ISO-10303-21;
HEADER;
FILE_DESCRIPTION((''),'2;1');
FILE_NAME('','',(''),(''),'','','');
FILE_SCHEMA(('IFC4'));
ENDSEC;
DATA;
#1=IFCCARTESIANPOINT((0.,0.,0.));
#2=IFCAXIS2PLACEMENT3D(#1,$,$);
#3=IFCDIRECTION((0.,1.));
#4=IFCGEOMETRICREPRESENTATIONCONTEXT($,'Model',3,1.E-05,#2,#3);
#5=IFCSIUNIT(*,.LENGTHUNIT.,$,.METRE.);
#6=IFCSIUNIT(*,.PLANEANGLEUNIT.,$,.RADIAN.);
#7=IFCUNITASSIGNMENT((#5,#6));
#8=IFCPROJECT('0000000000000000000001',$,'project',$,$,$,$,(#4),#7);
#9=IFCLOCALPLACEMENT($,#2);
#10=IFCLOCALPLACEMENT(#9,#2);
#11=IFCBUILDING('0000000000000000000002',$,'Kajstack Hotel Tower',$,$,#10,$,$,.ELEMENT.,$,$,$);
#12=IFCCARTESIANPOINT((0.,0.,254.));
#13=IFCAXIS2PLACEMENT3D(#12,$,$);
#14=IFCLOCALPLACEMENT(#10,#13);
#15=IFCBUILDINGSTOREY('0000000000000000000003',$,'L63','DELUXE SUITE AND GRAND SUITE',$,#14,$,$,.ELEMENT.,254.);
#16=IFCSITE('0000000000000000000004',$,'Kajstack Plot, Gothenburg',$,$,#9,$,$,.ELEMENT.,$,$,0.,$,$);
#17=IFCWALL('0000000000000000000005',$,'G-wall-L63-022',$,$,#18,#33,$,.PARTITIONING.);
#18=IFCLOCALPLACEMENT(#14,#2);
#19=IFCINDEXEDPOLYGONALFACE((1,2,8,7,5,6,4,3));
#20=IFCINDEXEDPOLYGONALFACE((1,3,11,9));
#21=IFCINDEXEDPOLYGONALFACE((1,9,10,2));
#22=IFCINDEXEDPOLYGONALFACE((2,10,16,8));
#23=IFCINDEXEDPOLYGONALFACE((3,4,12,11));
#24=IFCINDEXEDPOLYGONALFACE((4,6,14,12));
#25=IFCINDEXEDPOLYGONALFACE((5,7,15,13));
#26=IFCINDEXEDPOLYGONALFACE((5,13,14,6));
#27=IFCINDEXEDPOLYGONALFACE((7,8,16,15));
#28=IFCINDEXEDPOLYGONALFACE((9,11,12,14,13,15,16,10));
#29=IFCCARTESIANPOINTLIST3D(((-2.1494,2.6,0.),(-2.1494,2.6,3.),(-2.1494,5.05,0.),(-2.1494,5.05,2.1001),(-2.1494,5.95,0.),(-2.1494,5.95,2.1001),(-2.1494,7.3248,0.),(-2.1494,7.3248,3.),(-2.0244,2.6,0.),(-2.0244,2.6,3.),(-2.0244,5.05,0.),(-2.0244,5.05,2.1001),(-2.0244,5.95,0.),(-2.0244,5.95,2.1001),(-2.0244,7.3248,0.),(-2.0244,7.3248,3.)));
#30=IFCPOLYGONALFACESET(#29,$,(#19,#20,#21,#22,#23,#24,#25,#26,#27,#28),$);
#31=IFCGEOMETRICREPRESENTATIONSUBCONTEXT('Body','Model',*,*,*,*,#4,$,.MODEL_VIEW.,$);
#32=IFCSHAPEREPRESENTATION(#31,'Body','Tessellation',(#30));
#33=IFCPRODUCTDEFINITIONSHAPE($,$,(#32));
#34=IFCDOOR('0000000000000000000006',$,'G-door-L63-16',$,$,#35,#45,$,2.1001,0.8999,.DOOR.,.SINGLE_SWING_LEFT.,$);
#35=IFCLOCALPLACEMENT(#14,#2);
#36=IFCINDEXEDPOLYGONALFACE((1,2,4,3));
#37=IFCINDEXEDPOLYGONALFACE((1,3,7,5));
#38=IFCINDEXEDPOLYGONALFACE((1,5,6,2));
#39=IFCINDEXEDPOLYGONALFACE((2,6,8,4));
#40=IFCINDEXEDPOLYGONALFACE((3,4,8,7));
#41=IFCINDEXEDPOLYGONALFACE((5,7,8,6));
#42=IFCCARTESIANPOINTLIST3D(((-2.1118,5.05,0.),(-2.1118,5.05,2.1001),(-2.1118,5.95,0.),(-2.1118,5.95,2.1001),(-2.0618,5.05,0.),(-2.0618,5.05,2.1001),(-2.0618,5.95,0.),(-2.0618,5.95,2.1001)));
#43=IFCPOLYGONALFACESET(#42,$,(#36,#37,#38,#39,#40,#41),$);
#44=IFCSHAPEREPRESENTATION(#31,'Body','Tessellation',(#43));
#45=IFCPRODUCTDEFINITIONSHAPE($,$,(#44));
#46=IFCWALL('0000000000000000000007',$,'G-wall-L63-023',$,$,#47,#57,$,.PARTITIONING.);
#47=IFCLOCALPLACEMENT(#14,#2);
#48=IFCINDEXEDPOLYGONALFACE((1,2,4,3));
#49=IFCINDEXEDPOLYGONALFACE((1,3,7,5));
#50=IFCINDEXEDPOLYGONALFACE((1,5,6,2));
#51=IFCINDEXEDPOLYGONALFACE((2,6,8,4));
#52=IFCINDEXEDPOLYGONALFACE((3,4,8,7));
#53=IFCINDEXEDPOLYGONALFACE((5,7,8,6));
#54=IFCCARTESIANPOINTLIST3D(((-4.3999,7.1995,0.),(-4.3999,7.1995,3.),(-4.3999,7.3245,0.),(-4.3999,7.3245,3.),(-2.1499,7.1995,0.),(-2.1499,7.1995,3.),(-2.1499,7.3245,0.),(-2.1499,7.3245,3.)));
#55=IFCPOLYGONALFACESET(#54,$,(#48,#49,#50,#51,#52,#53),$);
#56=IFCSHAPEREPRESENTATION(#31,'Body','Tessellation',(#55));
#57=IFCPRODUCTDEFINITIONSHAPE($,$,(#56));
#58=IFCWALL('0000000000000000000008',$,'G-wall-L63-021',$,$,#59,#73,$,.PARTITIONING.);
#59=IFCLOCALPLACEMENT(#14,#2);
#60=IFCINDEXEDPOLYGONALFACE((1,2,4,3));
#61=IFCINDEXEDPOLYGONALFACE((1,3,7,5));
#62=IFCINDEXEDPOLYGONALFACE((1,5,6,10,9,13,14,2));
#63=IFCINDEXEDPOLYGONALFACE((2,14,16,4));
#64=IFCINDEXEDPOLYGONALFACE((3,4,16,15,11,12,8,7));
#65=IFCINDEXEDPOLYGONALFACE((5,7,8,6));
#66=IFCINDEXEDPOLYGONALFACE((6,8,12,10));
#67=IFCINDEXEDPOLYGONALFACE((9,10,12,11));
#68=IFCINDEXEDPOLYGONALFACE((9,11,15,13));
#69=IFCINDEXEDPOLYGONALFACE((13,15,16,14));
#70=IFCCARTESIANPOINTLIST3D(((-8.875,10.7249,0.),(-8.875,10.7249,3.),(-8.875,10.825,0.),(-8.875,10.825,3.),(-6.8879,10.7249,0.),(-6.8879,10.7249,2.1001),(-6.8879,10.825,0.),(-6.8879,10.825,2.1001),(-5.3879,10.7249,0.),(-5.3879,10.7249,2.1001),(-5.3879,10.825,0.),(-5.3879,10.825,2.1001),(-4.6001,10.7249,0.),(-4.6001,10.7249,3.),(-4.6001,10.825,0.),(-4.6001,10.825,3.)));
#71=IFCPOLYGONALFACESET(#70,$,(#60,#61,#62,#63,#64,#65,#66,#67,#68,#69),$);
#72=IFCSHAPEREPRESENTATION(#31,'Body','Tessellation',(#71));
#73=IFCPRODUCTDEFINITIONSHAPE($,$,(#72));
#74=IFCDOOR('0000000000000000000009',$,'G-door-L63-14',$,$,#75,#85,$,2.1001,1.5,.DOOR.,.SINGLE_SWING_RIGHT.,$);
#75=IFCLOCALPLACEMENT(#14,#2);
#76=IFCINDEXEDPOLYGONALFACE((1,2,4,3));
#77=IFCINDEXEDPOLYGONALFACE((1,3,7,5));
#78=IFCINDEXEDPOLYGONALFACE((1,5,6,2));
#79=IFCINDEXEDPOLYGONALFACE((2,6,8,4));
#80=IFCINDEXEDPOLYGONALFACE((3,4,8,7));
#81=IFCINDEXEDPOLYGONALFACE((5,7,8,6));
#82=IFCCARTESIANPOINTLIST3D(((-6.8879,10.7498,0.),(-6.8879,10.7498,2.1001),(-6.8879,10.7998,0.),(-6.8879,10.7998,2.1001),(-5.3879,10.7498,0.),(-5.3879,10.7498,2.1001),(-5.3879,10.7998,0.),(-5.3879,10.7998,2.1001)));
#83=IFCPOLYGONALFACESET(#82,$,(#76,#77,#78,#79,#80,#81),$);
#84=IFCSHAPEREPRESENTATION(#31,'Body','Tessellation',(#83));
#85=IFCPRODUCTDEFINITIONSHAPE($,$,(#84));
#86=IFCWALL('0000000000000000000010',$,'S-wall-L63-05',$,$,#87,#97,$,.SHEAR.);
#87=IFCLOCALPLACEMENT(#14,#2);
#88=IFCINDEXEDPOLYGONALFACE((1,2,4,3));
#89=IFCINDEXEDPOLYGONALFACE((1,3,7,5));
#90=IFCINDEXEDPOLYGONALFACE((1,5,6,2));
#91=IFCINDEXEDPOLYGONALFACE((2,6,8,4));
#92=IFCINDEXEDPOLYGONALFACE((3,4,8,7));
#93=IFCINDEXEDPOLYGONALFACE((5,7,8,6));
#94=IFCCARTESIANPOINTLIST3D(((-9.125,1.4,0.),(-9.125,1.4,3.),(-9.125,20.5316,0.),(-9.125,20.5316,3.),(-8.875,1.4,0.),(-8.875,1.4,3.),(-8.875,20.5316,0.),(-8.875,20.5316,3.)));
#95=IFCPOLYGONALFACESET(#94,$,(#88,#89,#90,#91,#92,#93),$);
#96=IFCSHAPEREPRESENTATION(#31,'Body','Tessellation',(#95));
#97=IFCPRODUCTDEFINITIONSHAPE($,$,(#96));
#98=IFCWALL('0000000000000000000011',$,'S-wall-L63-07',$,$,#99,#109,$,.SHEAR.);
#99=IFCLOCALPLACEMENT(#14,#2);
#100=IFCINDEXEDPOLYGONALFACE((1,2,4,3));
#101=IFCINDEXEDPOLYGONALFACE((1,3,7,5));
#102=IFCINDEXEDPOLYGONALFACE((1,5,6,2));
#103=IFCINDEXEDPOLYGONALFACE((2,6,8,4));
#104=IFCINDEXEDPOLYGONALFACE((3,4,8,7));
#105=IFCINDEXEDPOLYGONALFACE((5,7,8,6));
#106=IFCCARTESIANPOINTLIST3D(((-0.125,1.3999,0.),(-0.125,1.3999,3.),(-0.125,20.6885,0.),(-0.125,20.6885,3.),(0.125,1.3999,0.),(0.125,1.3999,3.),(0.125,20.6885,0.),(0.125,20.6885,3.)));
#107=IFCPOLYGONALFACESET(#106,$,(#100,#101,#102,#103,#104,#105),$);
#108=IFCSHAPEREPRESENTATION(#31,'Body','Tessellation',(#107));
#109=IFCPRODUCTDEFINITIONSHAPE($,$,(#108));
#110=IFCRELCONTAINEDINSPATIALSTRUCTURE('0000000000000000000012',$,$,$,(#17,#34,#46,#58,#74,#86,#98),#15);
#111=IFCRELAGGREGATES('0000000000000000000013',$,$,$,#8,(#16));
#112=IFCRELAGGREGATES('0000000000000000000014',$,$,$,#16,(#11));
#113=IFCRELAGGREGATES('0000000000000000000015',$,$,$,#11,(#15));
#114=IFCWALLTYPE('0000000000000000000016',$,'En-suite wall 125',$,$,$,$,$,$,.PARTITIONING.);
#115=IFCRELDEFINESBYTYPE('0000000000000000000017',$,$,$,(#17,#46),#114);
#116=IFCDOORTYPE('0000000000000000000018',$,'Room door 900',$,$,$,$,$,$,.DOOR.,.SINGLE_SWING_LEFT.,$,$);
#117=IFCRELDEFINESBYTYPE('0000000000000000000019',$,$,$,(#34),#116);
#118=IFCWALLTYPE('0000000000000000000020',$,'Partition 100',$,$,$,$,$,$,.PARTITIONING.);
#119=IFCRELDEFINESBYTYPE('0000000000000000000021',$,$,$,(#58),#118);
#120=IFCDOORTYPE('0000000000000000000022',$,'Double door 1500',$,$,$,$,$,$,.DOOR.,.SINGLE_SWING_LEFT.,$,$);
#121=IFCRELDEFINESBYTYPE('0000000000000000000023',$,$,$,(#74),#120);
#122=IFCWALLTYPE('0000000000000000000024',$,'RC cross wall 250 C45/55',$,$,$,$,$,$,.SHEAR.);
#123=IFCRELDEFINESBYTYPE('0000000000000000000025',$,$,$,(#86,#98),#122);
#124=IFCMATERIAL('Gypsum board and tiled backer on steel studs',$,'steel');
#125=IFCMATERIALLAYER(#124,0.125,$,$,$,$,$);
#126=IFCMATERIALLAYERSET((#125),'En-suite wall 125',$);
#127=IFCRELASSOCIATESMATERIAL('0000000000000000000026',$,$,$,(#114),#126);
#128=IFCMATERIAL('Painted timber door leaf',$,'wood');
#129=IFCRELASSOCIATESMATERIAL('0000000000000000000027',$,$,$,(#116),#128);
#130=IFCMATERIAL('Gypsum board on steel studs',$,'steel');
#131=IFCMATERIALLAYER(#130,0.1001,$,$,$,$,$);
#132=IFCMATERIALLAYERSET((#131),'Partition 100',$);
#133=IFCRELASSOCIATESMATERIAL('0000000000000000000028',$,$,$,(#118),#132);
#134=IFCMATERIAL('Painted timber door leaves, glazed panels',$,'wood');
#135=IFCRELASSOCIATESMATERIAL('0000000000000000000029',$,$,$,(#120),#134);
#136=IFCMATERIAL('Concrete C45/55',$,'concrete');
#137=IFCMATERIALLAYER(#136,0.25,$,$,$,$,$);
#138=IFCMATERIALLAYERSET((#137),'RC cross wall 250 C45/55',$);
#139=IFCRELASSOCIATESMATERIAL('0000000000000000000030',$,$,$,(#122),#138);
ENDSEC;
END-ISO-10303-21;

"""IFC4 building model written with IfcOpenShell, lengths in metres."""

from ifc_helpers import new_model, si_unit, direction, frame, frame_2d, origin, place, context, subcontext, project, spatial, rectangle, extrude, material, layer, layer_set, type_object, element, fill, save


model = new_model("IFC4")

# Units and contexts
model_context = context("Model", 3, precision=1e-05, world=origin(), true_north=direction((0.0, 1.0)))
body_context = subcontext(model_context, "Body", "Model", "MODEL_VIEW")
ifc_project = project(units=[si_unit("LENGTHUNIT", "METRE"), si_unit("PLANEANGLEUNIT", "RADIAN")], contexts=[model_context])

# Site, building, storey
site_placement = place(None, origin())
site = spatial("IfcSite", under=ifc_project, at=site_placement, Name="Kajstack Plot, Gothenburg", CompositionType="ELEMENT", RefElevation=0.0)
building_placement = place(site_placement, origin())
building = spatial("IfcBuilding", under=site, at=building_placement, Name="Kajstack Hotel Tower", CompositionType="ELEMENT")
storey_placement = place(building_placement, frame((0.0, 0.0, 254.0)))
storey = spatial("IfcBuildingStorey", under=building, at=storey_placement, Name="L63", Description="DELUXE SUITE AND GRAND SUITE", CompositionType="ELEMENT", Elevation=254.0)

# Shared definitions
ifc_material_1 = material(Name="Gypsum board and tiled backer on steel studs", Category="steel")
ifc_layer_1 = layer(ifc_material_1, 0.125)
ifc_layer_set_1 = layer_set([ifc_layer_1], Name="En-suite wall 125")
wall_type_1 = type_object("IfcWallType", Name="En-suite wall 125", PredefinedType="PARTITIONING", material=ifc_layer_set_1)

# Shared definitions
ifc_material_2 = material(Name="Painted timber door leaf", Category="wood")
door_type_1 = type_object("IfcDoorType", Name="Room door 900", OperationType="SINGLE_SWING_LEFT", PredefinedType="DOOR", material=ifc_material_2)

# Wall, opening, door
wall_1_placement = place(storey_placement, frame((-2.0869, 2.6001, 0.0), z_axis=(0.0, 0.0, 1.0), x_axis=(0.0, 1.0, 0.0)))
wall_1 = element("IfcWall", 1, at=wall_1_placement, inside=storey, type_object=wall_type_1, Name="G-wall-L63-022", PredefinedType="PARTITIONING", context=body_context, shape_type="SweptSolid", body=[
    extrude(rectangle(XDim=4.7249, YDim=0.125, at=frame_2d((2.3623, 0.0))), origin(), (0.0, 0.0, 1.0), 3.0),
])
opening_1_placement = place(wall_1_placement, frame((2.45, 0.0, 0.0)))
opening_1 = element("IfcOpeningElement", 2, at=opening_1_placement, cuts=wall_1, PredefinedType="OPENING", context=body_context, shape_type="SweptSolid", body=[
    extrude(rectangle(XDim=0.8999, YDim=2.1001, at=frame_2d((0.45, 1.05))), frame((0.0, 0.0725, 0.0), z_axis=(0.0, -1.0, 0.0), x_axis=(1.0, 0.0, 0.0)), (0.0, 0.0, 1.0), 0.145),
])
door_1_placement = place(opening_1_placement, origin())
door_1 = element("IfcDoor", 3, at=door_1_placement, inside=storey, type_object=door_type_1, Name="G-door-L63-16", OperationType="SINGLE_SWING_LEFT", OverallHeight=2.1001, OverallWidth=0.8999, PredefinedType="DOOR", context=body_context, shape_type="SweptSolid", body=[
    extrude(rectangle(XDim=0.8999, YDim=2.1001, at=frame_2d((0.45, 1.05))), frame((0.0, 0.0249, 0.0), z_axis=(0.0, -1.0, 0.0), x_axis=(1.0, 0.0, 0.0)), (0.0, 0.0, 1.0), 0.05),
])
fill(opening_1, door_1)

# Wall
wall_2_placement = place(storey_placement, frame((-4.3999, 7.262, 0.0), z_axis=(0.0, 0.0, 1.0), x_axis=(1.0, 0.0, 0.0)))
element("IfcWall", 4, at=wall_2_placement, inside=storey, type_object=wall_type_1, Name="G-wall-L63-023", PredefinedType="PARTITIONING", context=body_context, shape_type="SweptSolid", body=[
    extrude(rectangle(XDim=2.25, YDim=0.125, at=frame_2d((1.125, 0.0))), origin(), (0.0, 0.0, 1.0), 3.0),
])

# Wall, opening, door
ifc_material_3 = material(Name="Gypsum board on steel studs", Category="steel")
ifc_layer_2 = layer(ifc_material_3, 0.1001)
ifc_layer_set_2 = layer_set([ifc_layer_2], Name="Partition 100")
wall_type_2 = type_object("IfcWallType", Name="Partition 100", PredefinedType="PARTITIONING", material=ifc_layer_set_2)
wall_3_placement = place(storey_placement, frame((-8.875, 10.7749, 0.0), z_axis=(0.0, 0.0, 1.0), x_axis=(1.0, 0.0, 0.0)))
wall_3 = element("IfcWall", 5, at=wall_3_placement, inside=storey, type_object=wall_type_2, Name="G-wall-L63-021", PredefinedType="PARTITIONING", context=body_context, shape_type="SweptSolid", body=[
    extrude(rectangle(XDim=4.2749, YDim=0.1001, at=frame_2d((2.1375, 0.0))), origin(), (0.0, 0.0, 1.0), 3.0),
])
opening_2_placement = place(wall_3_placement, frame((1.9871, 0.0, 0.0)))
opening_2 = element("IfcOpeningElement", 6, at=opening_2_placement, cuts=wall_3, PredefinedType="OPENING", context=body_context, shape_type="SweptSolid", body=[
    extrude(rectangle(XDim=1.5, YDim=2.1001, at=frame_2d((0.75, 1.05))), frame((0.0, 0.0601, 0.0), z_axis=(0.0, -1.0, 0.0), x_axis=(1.0, 0.0, 0.0)), (0.0, 0.0, 1.0), 0.1201),
])
ifc_material_4 = material(Name="Painted timber door leaves, glazed panels", Category="wood")
door_type_2 = type_object("IfcDoorType", Name="Double door 1500", OperationType="SINGLE_SWING_LEFT", PredefinedType="DOOR", material=ifc_material_4)
door_2_placement = place(opening_2_placement, origin())
door_2 = element("IfcDoor", 7, at=door_2_placement, inside=storey, type_object=door_type_2, Name="G-door-L63-14", OperationType="SINGLE_SWING_RIGHT", OverallHeight=2.1001, OverallWidth=1.5, PredefinedType="DOOR", context=body_context, shape_type="SweptSolid", body=[
    extrude(rectangle(XDim=1.5, YDim=2.1001, at=frame_2d((0.75, 1.05))), frame((0.0, 0.0249, 0.0), z_axis=(0.0, -1.0, 0.0), x_axis=(1.0, 0.0, 0.0)), (0.0, 0.0, 1.0), 0.05),
])
fill(opening_2, door_2)

# Walls
ifc_material_5 = material(Name="Concrete C45/55", Category="concrete")
ifc_layer_3 = layer(ifc_material_5, 0.25)
ifc_layer_set_3 = layer_set([ifc_layer_3], Name="RC cross wall 250 C45/55")
wall_type_3 = type_object("IfcWallType", Name="RC cross wall 250 C45/55", PredefinedType="SHEAR", material=ifc_layer_set_3)
wall_4_placement = place(storey_placement, frame((-9.0, 1.3999, 0.0), z_axis=(0.0, 0.0, 1.0), x_axis=(0.0, 1.0, 0.0)))
element("IfcWall", 8, at=wall_4_placement, inside=storey, type_object=wall_type_3, Name="S-wall-L63-05", PredefinedType="SHEAR", context=body_context, shape_type="SweptSolid", body=[
    extrude(rectangle(XDim=19.1316, YDim=0.25, at=frame_2d((9.5659, 0.0))), origin(), (0.0, 0.0, 1.0), 3.0),
])
wall_5_placement = place(storey_placement, frame((0.0, 1.3999, 0.0), z_axis=(0.0, 0.0, 1.0), x_axis=(0.0, 1.0, 0.0)))
element("IfcWall", 9, at=wall_5_placement, inside=storey, type_object=wall_type_3, Name="S-wall-L63-07", PredefinedType="SHEAR", context=body_context, shape_type="SweptSolid", body=[
    extrude(rectangle(XDim=19.2886, YDim=0.25, at=frame_2d((9.6443, 0.0))), origin(), (0.0, 0.0, 1.0), 3.0),
])

save(model, "model.ifc")
